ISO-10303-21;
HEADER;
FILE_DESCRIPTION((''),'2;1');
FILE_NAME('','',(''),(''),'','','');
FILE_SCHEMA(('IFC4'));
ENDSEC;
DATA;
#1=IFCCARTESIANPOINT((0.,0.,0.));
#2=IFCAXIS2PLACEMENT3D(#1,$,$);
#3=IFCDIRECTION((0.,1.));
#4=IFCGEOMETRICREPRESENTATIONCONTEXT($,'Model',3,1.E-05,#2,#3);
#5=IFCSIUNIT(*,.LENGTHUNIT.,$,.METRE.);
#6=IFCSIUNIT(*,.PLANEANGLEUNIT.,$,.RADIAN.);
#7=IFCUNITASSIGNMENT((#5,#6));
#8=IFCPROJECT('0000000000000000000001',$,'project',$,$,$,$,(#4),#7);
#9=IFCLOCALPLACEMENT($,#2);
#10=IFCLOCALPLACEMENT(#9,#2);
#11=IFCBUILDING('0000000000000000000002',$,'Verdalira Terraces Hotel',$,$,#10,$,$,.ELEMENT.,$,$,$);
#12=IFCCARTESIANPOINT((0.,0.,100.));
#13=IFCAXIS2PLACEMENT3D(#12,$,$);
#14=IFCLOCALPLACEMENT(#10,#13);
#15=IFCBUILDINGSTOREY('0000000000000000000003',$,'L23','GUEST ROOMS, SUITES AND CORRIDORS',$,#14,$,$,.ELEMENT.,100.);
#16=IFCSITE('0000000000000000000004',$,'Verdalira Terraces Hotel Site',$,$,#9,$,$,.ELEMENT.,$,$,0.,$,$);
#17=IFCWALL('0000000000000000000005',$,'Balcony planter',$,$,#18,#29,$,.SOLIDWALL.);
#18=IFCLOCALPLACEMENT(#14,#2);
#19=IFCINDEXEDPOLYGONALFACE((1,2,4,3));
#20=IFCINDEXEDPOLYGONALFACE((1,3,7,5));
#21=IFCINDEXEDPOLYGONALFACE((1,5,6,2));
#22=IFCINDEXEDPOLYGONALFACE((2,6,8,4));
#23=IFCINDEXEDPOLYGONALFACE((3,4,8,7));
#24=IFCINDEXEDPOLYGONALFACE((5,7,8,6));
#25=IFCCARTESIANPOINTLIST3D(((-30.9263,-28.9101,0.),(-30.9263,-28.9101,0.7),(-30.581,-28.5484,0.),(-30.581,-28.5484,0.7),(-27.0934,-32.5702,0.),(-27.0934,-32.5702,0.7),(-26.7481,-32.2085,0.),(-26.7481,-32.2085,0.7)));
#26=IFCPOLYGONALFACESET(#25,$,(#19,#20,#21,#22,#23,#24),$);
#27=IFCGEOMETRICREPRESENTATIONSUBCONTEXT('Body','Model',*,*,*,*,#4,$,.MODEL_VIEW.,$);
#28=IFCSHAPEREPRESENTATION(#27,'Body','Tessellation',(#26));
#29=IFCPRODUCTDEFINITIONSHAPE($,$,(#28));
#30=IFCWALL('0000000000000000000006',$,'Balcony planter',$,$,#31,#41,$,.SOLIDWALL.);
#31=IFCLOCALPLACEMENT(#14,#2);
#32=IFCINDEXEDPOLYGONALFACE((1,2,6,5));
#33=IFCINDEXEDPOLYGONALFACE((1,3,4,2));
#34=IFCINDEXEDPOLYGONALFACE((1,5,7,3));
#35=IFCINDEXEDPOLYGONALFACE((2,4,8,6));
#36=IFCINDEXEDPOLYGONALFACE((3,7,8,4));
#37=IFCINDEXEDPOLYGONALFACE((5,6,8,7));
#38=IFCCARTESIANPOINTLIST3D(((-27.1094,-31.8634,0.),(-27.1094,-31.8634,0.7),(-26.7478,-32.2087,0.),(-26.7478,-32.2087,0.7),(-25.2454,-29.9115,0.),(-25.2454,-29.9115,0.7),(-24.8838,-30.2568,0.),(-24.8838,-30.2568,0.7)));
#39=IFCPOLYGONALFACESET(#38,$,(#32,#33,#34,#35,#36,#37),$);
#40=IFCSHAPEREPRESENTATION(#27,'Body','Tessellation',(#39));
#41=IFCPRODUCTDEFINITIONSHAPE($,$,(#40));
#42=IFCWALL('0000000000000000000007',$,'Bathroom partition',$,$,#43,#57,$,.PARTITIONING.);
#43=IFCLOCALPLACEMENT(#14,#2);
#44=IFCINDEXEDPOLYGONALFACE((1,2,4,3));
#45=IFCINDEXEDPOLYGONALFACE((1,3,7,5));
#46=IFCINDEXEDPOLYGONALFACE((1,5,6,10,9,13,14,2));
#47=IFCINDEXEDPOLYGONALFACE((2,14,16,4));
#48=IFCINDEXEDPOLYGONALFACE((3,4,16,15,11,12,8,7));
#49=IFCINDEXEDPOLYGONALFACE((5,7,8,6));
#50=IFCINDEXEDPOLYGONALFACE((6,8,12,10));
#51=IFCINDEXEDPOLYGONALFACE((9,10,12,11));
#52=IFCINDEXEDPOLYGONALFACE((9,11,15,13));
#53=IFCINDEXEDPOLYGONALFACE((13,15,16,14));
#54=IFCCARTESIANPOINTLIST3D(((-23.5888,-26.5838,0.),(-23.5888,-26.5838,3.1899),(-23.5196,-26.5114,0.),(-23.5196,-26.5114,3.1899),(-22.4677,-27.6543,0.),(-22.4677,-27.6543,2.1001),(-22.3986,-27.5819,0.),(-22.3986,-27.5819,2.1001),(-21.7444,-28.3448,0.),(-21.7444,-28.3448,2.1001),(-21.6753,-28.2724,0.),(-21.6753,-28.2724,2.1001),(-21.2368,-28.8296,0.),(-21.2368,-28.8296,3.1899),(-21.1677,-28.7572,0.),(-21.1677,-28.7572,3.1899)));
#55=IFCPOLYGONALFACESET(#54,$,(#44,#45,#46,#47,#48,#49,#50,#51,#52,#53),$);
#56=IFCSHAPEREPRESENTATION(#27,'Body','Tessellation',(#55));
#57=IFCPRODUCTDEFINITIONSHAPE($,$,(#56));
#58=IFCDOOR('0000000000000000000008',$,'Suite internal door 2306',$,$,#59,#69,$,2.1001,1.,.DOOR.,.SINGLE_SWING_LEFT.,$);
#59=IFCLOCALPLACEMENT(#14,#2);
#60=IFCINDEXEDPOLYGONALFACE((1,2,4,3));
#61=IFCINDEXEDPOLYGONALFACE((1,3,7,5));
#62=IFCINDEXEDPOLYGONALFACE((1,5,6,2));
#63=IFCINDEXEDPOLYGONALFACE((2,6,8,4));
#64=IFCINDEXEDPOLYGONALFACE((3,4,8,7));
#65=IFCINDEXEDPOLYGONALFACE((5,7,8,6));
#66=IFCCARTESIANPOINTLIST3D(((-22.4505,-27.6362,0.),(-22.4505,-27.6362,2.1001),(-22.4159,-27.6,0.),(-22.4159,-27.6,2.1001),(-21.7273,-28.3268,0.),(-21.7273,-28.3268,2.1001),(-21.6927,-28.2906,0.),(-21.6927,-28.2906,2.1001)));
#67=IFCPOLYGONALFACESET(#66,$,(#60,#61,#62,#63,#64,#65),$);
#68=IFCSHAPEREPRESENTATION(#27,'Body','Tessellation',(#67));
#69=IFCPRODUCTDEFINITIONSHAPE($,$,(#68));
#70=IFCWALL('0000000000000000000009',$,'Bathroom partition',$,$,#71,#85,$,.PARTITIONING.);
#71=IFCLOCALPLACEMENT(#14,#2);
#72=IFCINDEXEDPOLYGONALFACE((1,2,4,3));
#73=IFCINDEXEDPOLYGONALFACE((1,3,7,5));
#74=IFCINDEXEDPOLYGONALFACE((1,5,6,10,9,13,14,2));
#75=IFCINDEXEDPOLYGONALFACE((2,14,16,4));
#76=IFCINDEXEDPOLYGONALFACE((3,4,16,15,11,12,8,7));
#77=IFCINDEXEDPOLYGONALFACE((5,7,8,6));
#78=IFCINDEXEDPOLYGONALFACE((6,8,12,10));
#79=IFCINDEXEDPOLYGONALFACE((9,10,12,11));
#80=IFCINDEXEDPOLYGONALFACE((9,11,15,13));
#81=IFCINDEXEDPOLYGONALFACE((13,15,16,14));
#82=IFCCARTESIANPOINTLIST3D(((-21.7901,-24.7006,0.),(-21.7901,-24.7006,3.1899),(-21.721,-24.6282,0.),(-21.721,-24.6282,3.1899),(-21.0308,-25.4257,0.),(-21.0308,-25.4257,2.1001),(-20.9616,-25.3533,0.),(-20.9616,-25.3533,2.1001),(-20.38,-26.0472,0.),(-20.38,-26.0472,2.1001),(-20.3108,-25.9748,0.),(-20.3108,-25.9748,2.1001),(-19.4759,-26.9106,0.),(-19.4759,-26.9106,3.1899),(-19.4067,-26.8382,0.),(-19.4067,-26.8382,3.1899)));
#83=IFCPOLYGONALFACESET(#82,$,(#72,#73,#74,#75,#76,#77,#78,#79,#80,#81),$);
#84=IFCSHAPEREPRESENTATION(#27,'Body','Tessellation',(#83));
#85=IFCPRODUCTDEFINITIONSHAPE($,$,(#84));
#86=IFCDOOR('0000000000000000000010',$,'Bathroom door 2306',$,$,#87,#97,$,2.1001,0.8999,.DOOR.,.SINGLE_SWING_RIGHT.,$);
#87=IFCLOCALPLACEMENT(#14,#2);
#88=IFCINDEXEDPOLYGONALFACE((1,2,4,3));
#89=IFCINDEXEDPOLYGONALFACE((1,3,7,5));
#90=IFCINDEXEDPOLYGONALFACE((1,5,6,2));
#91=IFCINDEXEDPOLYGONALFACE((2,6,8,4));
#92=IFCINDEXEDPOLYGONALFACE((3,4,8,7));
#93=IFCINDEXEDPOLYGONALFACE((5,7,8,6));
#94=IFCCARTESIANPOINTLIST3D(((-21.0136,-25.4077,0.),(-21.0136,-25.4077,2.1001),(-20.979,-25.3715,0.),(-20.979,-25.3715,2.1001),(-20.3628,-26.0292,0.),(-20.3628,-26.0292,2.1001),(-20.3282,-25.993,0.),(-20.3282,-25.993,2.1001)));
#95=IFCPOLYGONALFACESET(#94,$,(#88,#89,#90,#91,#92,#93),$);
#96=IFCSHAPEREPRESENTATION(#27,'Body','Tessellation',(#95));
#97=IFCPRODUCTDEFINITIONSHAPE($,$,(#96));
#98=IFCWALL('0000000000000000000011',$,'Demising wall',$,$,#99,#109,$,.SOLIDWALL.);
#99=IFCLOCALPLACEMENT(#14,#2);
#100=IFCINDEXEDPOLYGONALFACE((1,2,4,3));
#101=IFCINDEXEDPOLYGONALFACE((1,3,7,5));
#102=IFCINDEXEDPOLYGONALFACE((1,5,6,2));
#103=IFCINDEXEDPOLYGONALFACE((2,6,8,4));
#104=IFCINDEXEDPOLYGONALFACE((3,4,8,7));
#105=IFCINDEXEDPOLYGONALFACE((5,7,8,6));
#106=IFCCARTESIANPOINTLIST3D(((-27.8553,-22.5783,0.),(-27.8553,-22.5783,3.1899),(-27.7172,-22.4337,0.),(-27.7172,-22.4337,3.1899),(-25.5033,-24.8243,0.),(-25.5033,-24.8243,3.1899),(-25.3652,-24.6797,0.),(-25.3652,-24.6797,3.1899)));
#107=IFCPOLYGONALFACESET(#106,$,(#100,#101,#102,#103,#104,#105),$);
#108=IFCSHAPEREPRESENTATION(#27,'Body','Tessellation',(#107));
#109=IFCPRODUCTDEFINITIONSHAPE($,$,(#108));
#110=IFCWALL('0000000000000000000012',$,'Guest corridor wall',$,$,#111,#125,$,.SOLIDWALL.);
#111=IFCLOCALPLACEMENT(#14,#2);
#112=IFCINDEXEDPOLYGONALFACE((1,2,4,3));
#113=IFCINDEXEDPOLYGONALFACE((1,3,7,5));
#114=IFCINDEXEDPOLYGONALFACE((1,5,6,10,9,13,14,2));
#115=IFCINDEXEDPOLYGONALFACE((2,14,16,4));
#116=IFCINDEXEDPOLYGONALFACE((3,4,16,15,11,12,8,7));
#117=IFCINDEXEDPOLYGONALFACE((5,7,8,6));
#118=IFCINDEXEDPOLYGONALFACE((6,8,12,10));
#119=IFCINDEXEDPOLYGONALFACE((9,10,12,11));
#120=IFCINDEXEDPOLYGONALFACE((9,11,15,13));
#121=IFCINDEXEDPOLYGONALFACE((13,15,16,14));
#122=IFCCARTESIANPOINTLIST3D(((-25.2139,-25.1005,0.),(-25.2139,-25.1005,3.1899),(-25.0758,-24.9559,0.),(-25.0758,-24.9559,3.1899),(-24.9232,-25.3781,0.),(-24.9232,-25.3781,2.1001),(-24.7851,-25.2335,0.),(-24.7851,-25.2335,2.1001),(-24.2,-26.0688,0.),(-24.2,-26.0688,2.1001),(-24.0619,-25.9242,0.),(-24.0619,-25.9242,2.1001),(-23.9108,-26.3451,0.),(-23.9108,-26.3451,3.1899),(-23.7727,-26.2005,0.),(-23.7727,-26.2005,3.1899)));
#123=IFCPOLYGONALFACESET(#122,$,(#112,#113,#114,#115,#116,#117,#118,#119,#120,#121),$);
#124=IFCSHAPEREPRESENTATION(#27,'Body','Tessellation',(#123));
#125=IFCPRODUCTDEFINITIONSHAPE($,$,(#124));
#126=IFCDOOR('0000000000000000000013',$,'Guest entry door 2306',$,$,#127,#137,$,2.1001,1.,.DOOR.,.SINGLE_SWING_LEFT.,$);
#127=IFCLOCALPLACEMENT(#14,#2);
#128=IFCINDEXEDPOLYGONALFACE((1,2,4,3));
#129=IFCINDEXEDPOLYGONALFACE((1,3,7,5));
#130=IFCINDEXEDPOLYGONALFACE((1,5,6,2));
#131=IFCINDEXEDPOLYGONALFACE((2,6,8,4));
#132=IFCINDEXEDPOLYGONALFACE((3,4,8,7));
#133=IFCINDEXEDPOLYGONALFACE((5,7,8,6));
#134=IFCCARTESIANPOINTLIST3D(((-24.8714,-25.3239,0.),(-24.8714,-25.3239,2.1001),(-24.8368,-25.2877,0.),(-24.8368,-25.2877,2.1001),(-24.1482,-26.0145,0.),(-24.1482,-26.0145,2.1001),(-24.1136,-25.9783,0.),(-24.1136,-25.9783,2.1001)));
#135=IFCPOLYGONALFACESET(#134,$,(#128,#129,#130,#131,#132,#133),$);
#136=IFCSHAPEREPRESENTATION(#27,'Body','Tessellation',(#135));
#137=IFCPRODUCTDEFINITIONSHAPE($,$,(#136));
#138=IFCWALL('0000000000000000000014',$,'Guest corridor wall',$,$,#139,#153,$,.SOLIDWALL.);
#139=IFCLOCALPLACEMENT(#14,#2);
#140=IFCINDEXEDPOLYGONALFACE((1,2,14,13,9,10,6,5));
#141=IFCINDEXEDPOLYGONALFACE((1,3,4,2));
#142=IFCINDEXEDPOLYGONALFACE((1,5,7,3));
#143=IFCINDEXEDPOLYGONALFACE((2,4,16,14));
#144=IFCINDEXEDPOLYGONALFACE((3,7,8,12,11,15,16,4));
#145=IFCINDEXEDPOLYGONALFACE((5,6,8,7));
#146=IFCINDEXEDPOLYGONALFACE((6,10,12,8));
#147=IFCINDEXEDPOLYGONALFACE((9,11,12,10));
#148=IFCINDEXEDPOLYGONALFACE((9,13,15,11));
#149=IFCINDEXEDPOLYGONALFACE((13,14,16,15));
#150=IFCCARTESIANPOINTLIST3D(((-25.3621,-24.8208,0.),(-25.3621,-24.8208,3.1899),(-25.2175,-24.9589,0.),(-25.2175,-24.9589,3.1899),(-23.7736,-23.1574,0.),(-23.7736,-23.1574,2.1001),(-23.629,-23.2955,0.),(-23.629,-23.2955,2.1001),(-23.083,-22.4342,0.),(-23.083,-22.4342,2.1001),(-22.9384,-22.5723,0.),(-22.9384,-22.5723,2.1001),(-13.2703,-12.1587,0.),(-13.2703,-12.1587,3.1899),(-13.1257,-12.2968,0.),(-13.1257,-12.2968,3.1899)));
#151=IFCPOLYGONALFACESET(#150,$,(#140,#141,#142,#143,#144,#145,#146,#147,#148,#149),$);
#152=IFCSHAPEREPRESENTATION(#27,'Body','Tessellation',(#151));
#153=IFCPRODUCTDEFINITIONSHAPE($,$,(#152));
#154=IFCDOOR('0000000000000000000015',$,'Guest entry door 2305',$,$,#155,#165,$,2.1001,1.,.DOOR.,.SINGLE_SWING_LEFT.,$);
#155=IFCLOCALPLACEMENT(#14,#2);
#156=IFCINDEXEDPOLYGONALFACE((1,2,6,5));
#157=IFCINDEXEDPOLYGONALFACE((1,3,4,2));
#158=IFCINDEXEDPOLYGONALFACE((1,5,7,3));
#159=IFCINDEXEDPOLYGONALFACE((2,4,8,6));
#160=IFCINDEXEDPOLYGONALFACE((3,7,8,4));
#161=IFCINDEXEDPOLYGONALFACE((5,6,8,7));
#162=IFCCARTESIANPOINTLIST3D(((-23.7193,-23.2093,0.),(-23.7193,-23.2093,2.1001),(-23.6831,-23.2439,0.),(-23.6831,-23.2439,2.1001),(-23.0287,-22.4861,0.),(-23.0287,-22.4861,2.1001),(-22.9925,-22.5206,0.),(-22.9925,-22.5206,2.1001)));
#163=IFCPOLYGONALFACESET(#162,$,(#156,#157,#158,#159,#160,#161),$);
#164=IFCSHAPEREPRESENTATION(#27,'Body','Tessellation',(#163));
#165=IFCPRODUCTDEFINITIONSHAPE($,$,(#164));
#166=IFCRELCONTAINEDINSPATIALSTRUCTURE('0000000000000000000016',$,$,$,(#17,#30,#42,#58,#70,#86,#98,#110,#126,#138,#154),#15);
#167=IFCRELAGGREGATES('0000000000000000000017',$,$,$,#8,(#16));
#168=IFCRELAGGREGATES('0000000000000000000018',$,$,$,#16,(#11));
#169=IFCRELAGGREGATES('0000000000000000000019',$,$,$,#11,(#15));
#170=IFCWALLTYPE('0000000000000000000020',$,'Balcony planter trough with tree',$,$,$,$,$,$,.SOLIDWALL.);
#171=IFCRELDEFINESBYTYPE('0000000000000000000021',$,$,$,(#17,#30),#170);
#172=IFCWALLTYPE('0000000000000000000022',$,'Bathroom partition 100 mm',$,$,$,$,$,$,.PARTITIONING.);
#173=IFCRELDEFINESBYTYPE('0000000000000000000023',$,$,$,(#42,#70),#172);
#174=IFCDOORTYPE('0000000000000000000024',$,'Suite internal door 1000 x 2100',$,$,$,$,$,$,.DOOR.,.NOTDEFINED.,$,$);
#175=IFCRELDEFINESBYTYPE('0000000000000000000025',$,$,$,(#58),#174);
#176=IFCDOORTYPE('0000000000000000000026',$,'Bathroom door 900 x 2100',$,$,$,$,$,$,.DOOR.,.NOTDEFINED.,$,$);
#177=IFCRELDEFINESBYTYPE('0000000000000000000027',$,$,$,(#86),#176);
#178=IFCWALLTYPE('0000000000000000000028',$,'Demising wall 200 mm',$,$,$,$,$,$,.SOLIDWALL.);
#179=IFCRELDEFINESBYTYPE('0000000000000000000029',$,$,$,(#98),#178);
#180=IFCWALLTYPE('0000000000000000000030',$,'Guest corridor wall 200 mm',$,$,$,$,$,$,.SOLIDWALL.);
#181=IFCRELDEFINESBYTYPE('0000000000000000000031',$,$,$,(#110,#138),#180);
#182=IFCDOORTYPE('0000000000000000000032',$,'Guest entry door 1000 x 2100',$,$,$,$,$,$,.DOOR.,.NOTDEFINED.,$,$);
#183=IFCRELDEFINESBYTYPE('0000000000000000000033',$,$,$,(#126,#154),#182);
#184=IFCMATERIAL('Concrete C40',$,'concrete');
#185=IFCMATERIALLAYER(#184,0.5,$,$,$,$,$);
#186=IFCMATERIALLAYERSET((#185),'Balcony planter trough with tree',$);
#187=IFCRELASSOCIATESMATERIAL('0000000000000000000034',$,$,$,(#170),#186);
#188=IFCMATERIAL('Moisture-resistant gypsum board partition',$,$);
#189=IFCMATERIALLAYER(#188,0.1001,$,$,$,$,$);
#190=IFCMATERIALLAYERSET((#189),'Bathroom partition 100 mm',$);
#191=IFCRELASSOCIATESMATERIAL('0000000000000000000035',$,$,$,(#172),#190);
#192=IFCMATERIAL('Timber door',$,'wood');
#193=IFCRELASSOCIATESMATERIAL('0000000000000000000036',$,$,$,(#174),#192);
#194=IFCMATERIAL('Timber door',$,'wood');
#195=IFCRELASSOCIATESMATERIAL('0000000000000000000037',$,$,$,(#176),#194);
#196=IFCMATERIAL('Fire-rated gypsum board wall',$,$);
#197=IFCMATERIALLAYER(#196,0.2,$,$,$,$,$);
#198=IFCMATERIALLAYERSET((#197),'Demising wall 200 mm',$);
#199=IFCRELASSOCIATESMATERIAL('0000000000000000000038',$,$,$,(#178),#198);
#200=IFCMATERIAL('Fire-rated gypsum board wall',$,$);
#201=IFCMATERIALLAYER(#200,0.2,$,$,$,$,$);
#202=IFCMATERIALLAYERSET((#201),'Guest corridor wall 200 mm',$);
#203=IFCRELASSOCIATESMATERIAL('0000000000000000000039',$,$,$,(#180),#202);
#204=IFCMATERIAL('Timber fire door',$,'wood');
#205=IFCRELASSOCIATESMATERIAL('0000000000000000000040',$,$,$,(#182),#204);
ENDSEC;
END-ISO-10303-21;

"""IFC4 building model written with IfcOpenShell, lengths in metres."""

from ifc_helpers import new_model, si_unit, direction, frame, frame_2d, origin, place, context, subcontext, project, spatial, rectangle, extrude, material, layer, layer_set, type_object, element, fill, save


model = new_model("IFC4")

# Units and contexts
model_context = context("Model", 3, precision=1e-05, world=origin(), true_north=direction((0.0, 1.0)))
body_context = subcontext(model_context, "Body", "Model", "MODEL_VIEW")
ifc_project = project(units=[si_unit("LENGTHUNIT", "METRE"), si_unit("PLANEANGLEUNIT", "RADIAN")], contexts=[model_context])

# Site, building, storey
site_placement = place(None, origin())
site = spatial("IfcSite", under=ifc_project, at=site_placement, Name="Verdalira Terraces Hotel Site", CompositionType="ELEMENT", RefElevation=0.0)
building_placement = place(site_placement, origin())
building = spatial("IfcBuilding", under=site, at=building_placement, Name="Verdalira Terraces Hotel", CompositionType="ELEMENT")
storey_placement = place(building_placement, frame((0.0, 0.0, 100.0)))
storey = spatial("IfcBuildingStorey", under=building, at=storey_placement, Name="L23", Description="GUEST ROOMS, SUITES AND CORRIDORS", CompositionType="ELEMENT", Elevation=100.0)

# Walls
ifc_material_1 = material(Name="Concrete C40", Category="concrete")
ifc_layer_1 = layer(ifc_material_1, 0.5)
ifc_layer_set_1 = layer_set([ifc_layer_1], Name="Balcony planter trough with tree")
wall_type_1 = type_object("IfcWallType", Name="Balcony planter trough with tree", PredefinedType="SOLIDWALL", material=ifc_layer_set_1)
wall_1_placement = place(storey_placement, frame((-30.7537, -28.7292, 0.0), z_axis=(0.0, 0.0, 1.0), x_axis=(0.723226, -0.690612, 0.0)))
element("IfcWall", 1, at=wall_1_placement, inside=storey, type_object=wall_type_1, Name="Balcony planter", PredefinedType="SOLIDWALL", context=body_context, shape_type="SweptSolid", body=[
    extrude(rectangle(XDim=5.2998, YDim=0.5, at=frame_2d((2.6499, 0.0))), origin(), (0.0, 0.0, 1.0), 0.7),
])
wall_2_placement = place(storey_placement, frame((-26.9287, -32.0361, 0.0), z_axis=(0.0, 0.0, 1.0), x_axis=(0.690637, 0.723202, 0.0)))
element("IfcWall", 2, at=wall_2_placement, inside=storey, type_object=wall_type_1, Name="Balcony planter", PredefinedType="SOLIDWALL", context=body_context, shape_type="SweptSolid", body=[
    extrude(rectangle(XDim=2.699, YDim=0.5, at=frame_2d((1.3496, 0.0))), origin(), (0.0, 0.0, 1.0), 0.7),
])

# Walls, openings, doors
ifc_material_2 = material(Name="Moisture-resistant gypsum board partition")
ifc_layer_2 = layer(ifc_material_2, 0.1001)
ifc_layer_set_2 = layer_set([ifc_layer_2], Name="Bathroom partition 100 mm")
wall_type_2 = type_object("IfcWallType", Name="Bathroom partition 100 mm", PredefinedType="PARTITIONING", material=ifc_layer_set_2)
wall_3_placement = place(storey_placement, frame((-23.5542, -26.5476, 0.0), z_axis=(0.0, 0.0, 1.0), x_axis=(0.723246, -0.69059, 0.0)))
wall_3 = element("IfcWall", 3, at=wall_3_placement, inside=storey, type_object=wall_type_2, Name="Bathroom partition", PredefinedType="PARTITIONING", context=body_context, shape_type="SweptSolid", body=[
    extrude(rectangle(XDim=3.252, YDim=0.1001, at=frame_2d((1.626, 0.0))), origin(), (0.0, 0.0, 1.0), 3.1899),
])
opening_1_placement = place(wall_3_placement, frame((1.55, 0.0, 0.0)))
opening_1 = element("IfcOpeningElement", 4, at=opening_1_placement, cuts=wall_3, PredefinedType="OPENING", context=body_context, shape_type="SweptSolid", body=[
    extrude(rectangle(XDim=1.0, YDim=2.1001, at=frame_2d((0.5, 1.05))), frame((0.0, 0.0601, 0.0), z_axis=(0.0, -1.0, 0.0), x_axis=(1.0, 0.0, 0.0)), (0.0, 0.0, 1.0), 0.1201),
])
ifc_material_3 = material(Name="Timber door", Category="wood")
door_type_1 = type_object("IfcDoorType", Name="Suite internal door 1000 x 2100", OperationType="NOTDEFINED", PredefinedType="DOOR", material=ifc_material_3)
door_1_placement = place(opening_1_placement, origin())
door_1 = element("IfcDoor", 5, at=door_1_placement, inside=storey, type_object=door_type_1, Name="Suite internal door 2306", OperationType="SINGLE_SWING_LEFT", OverallHeight=2.1001, OverallWidth=1.0, PredefinedType="DOOR", context=body_context, shape_type="SweptSolid", body=[
    extrude(rectangle(XDim=1.0, YDim=2.1001, at=frame_2d((0.5, 1.05))), frame((0.0, 0.0249, 0.0), z_axis=(0.0, -1.0, 0.0), x_axis=(1.0, 0.0, 0.0)), (0.0, 0.0, 1.0), 0.05),
])
fill(opening_1, door_1)
wall_4_placement = place(storey_placement, frame((-21.7556, -24.6643, 0.0), z_axis=(0.0, 0.0, 1.0), x_axis=(0.723208, -0.69063, 0.0)))
wall_4 = element("IfcWall", 6, at=wall_4_placement, inside=storey, type_object=wall_type_2, Name="Bathroom partition", PredefinedType="PARTITIONING", context=body_context, shape_type="SweptSolid", body=[
    extrude(rectangle(XDim=3.2, YDim=0.1001, at=frame_2d((1.6001, 0.0))), origin(), (0.0, 0.0, 1.0), 3.1899),
])
opening_2_placement = place(wall_4_placement, frame((1.05, 0.0, 0.0)))
opening_2 = element("IfcOpeningElement", 7, at=opening_2_placement, cuts=wall_4, PredefinedType="OPENING", context=body_context, shape_type="SweptSolid", body=[
    extrude(rectangle(XDim=0.8999, YDim=2.1001, at=frame_2d((0.45, 1.05))), frame((0.0, 0.0601, 0.0), z_axis=(0.0, -1.0, 0.0), x_axis=(1.0, 0.0, 0.0)), (0.0, 0.0, 1.0), 0.1201),
])
ifc_material_4 = material(Name="Timber door", Category="wood")
door_type_2 = type_object("IfcDoorType", Name="Bathroom door 900 x 2100", OperationType="NOTDEFINED", PredefinedType="DOOR", material=ifc_material_4)
door_2_placement = place(opening_2_placement, origin())
door_2 = element("IfcDoor", 8, at=door_2_placement, inside=storey, type_object=door_type_2, Name="Bathroom door 2306", OperationType="SINGLE_SWING_RIGHT", OverallHeight=2.1001, OverallWidth=0.8999, PredefinedType="DOOR", context=body_context, shape_type="SweptSolid", body=[
    extrude(rectangle(XDim=0.8999, YDim=2.1001, at=frame_2d((0.45, 1.05))), frame((0.0, 0.0249, 0.0), z_axis=(0.0, -1.0, 0.0), x_axis=(1.0, 0.0, 0.0)), (0.0, 0.0, 1.0), 0.05),
])
fill(opening_2, door_2)

# Wall
ifc_material_5 = material(Name="Fire-rated gypsum board wall")
ifc_layer_3 = layer(ifc_material_5, 0.2)
ifc_layer_set_3 = layer_set([ifc_layer_3], Name="Demising wall 200 mm")
wall_type_3 = type_object("IfcWallType", Name="Demising wall 200 mm", PredefinedType="SOLIDWALL", material=ifc_layer_set_3)
wall_5_placement = place(storey_placement, frame((-25.4343, -24.752, 0.0), z_axis=(0.0, 0.0, 1.0), x_axis=(-0.723209, 0.690629, 0.0)))
element("IfcWall", 9, at=wall_5_placement, inside=storey, type_object=wall_type_3, Name="Demising wall", PredefinedType="SOLIDWALL", context=body_context, shape_type="SweptSolid", body=[
    extrude(rectangle(XDim=3.2522, YDim=0.2, at=frame_2d((1.626, 0.0))), origin(), (0.0, 0.0, 1.0), 3.1899),
])

# Walls, openings, doors
ifc_material_6 = material(Name="Fire-rated gypsum board wall")
ifc_layer_4 = layer(ifc_material_6, 0.2)
ifc_layer_set_4 = layer_set([ifc_layer_4], Name="Guest corridor wall 200 mm")
wall_type_4 = type_object("IfcWallType", Name="Guest corridor wall 200 mm", PredefinedType="SOLIDWALL", material=ifc_layer_set_4)
wall_6_placement = place(storey_placement, frame((-23.8418, -26.2727, 0.0), z_axis=(0.0, 0.0, 1.0), x_axis=(-0.723177, 0.690663, 0.0)))
wall_6 = element("IfcWall", 10, at=wall_6_placement, inside=storey, type_object=wall_type_4, Name="Guest corridor wall", PredefinedType="SOLIDWALL", context=body_context, shape_type="SweptSolid", body=[
    extrude(rectangle(XDim=1.802, YDim=0.2, at=frame_2d((0.9009, 0.0))), origin(), (0.0, 0.0, 1.0), 3.1899),
])
opening_3_placement = place(wall_6_placement, frame((0.3999, 0.0, 0.0)))
opening_3 = element("IfcOpeningElement", 11, at=opening_3_placement, cuts=wall_6, PredefinedType="OPENING", context=body_context, shape_type="SweptSolid", body=[
    extrude(rectangle(XDim=1.0, YDim=2.1001, at=frame_2d((0.5, 1.05))), frame((0.0, 0.1099, 0.0), z_axis=(0.0, -1.0, 0.0), x_axis=(1.0, 0.0, 0.0)), (0.0, 0.0, 1.0), 0.22),
])
ifc_material_7 = material(Name="Timber fire door", Category="wood")
door_type_3 = type_object("IfcDoorType", Name="Guest entry door 1000 x 2100", OperationType="NOTDEFINED", PredefinedType="DOOR", material=ifc_material_7)
door_3_placement = place(opening_3_placement, origin())
door_3 = element("IfcDoor", 12, at=door_3_placement, inside=storey, type_object=door_type_3, Name="Guest entry door 2306", OperationType="SINGLE_SWING_LEFT", OverallHeight=2.1001, OverallWidth=1.0, PredefinedType="DOOR", context=body_context, shape_type="SweptSolid", body=[
    extrude(rectangle(XDim=1.0, YDim=2.1001, at=frame_2d((0.5, 1.05))), frame((0.0, 0.0249, 0.0), z_axis=(0.0, -1.0, 0.0), x_axis=(1.0, 0.0, 0.0)), (0.0, 0.0, 1.0), 0.05),
])
fill(opening_3, door_3)
wall_7_placement = place(storey_placement, frame((-25.2898, -24.8899, 0.0), z_axis=(0.0, 0.0, 1.0), x_axis=(0.690632, 0.723206, 0.0)))
wall_7 = element("IfcWall", 13, at=wall_7_placement, inside=storey, type_object=wall_type_4, Name="Guest corridor wall", PredefinedType="SOLIDWALL", context=body_context, shape_type="SweptSolid", body=[
    extrude(rectangle(XDim=17.5083, YDim=0.2, at=frame_2d((8.7541, 0.0))), origin(), (0.0, 0.0, 1.0), 3.1899),
])
opening_4_placement = place(wall_7_placement, frame((2.3, 0.0, 0.0)))
opening_4 = element("IfcOpeningElement", 14, at=opening_4_placement, cuts=wall_7, PredefinedType="OPENING", context=body_context, shape_type="SweptSolid", body=[
    extrude(rectangle(XDim=1.0, YDim=2.1001, at=frame_2d((0.5, 1.05))), frame((0.0, 0.1099, 0.0), z_axis=(0.0, -1.0, 0.0), x_axis=(1.0, 0.0, 0.0)), (0.0, 0.0, 1.0), 0.22),
])
door_4_placement = place(opening_4_placement, origin())
door_4 = element("IfcDoor", 15, at=door_4_placement, inside=storey, type_object=door_type_3, Name="Guest entry door 2305", OperationType="SINGLE_SWING_LEFT", OverallHeight=2.1001, OverallWidth=1.0, PredefinedType="DOOR", context=body_context, shape_type="SweptSolid", body=[
    extrude(rectangle(XDim=1.0, YDim=2.1001, at=frame_2d((0.5, 1.05))), frame((0.0, 0.0249, 0.0), z_axis=(0.0, -1.0, 0.0), x_axis=(1.0, 0.0, 0.0)), (0.0, 0.0, 1.0), 0.05),
])
fill(opening_4, door_4)

save(model, "model.ifc")
